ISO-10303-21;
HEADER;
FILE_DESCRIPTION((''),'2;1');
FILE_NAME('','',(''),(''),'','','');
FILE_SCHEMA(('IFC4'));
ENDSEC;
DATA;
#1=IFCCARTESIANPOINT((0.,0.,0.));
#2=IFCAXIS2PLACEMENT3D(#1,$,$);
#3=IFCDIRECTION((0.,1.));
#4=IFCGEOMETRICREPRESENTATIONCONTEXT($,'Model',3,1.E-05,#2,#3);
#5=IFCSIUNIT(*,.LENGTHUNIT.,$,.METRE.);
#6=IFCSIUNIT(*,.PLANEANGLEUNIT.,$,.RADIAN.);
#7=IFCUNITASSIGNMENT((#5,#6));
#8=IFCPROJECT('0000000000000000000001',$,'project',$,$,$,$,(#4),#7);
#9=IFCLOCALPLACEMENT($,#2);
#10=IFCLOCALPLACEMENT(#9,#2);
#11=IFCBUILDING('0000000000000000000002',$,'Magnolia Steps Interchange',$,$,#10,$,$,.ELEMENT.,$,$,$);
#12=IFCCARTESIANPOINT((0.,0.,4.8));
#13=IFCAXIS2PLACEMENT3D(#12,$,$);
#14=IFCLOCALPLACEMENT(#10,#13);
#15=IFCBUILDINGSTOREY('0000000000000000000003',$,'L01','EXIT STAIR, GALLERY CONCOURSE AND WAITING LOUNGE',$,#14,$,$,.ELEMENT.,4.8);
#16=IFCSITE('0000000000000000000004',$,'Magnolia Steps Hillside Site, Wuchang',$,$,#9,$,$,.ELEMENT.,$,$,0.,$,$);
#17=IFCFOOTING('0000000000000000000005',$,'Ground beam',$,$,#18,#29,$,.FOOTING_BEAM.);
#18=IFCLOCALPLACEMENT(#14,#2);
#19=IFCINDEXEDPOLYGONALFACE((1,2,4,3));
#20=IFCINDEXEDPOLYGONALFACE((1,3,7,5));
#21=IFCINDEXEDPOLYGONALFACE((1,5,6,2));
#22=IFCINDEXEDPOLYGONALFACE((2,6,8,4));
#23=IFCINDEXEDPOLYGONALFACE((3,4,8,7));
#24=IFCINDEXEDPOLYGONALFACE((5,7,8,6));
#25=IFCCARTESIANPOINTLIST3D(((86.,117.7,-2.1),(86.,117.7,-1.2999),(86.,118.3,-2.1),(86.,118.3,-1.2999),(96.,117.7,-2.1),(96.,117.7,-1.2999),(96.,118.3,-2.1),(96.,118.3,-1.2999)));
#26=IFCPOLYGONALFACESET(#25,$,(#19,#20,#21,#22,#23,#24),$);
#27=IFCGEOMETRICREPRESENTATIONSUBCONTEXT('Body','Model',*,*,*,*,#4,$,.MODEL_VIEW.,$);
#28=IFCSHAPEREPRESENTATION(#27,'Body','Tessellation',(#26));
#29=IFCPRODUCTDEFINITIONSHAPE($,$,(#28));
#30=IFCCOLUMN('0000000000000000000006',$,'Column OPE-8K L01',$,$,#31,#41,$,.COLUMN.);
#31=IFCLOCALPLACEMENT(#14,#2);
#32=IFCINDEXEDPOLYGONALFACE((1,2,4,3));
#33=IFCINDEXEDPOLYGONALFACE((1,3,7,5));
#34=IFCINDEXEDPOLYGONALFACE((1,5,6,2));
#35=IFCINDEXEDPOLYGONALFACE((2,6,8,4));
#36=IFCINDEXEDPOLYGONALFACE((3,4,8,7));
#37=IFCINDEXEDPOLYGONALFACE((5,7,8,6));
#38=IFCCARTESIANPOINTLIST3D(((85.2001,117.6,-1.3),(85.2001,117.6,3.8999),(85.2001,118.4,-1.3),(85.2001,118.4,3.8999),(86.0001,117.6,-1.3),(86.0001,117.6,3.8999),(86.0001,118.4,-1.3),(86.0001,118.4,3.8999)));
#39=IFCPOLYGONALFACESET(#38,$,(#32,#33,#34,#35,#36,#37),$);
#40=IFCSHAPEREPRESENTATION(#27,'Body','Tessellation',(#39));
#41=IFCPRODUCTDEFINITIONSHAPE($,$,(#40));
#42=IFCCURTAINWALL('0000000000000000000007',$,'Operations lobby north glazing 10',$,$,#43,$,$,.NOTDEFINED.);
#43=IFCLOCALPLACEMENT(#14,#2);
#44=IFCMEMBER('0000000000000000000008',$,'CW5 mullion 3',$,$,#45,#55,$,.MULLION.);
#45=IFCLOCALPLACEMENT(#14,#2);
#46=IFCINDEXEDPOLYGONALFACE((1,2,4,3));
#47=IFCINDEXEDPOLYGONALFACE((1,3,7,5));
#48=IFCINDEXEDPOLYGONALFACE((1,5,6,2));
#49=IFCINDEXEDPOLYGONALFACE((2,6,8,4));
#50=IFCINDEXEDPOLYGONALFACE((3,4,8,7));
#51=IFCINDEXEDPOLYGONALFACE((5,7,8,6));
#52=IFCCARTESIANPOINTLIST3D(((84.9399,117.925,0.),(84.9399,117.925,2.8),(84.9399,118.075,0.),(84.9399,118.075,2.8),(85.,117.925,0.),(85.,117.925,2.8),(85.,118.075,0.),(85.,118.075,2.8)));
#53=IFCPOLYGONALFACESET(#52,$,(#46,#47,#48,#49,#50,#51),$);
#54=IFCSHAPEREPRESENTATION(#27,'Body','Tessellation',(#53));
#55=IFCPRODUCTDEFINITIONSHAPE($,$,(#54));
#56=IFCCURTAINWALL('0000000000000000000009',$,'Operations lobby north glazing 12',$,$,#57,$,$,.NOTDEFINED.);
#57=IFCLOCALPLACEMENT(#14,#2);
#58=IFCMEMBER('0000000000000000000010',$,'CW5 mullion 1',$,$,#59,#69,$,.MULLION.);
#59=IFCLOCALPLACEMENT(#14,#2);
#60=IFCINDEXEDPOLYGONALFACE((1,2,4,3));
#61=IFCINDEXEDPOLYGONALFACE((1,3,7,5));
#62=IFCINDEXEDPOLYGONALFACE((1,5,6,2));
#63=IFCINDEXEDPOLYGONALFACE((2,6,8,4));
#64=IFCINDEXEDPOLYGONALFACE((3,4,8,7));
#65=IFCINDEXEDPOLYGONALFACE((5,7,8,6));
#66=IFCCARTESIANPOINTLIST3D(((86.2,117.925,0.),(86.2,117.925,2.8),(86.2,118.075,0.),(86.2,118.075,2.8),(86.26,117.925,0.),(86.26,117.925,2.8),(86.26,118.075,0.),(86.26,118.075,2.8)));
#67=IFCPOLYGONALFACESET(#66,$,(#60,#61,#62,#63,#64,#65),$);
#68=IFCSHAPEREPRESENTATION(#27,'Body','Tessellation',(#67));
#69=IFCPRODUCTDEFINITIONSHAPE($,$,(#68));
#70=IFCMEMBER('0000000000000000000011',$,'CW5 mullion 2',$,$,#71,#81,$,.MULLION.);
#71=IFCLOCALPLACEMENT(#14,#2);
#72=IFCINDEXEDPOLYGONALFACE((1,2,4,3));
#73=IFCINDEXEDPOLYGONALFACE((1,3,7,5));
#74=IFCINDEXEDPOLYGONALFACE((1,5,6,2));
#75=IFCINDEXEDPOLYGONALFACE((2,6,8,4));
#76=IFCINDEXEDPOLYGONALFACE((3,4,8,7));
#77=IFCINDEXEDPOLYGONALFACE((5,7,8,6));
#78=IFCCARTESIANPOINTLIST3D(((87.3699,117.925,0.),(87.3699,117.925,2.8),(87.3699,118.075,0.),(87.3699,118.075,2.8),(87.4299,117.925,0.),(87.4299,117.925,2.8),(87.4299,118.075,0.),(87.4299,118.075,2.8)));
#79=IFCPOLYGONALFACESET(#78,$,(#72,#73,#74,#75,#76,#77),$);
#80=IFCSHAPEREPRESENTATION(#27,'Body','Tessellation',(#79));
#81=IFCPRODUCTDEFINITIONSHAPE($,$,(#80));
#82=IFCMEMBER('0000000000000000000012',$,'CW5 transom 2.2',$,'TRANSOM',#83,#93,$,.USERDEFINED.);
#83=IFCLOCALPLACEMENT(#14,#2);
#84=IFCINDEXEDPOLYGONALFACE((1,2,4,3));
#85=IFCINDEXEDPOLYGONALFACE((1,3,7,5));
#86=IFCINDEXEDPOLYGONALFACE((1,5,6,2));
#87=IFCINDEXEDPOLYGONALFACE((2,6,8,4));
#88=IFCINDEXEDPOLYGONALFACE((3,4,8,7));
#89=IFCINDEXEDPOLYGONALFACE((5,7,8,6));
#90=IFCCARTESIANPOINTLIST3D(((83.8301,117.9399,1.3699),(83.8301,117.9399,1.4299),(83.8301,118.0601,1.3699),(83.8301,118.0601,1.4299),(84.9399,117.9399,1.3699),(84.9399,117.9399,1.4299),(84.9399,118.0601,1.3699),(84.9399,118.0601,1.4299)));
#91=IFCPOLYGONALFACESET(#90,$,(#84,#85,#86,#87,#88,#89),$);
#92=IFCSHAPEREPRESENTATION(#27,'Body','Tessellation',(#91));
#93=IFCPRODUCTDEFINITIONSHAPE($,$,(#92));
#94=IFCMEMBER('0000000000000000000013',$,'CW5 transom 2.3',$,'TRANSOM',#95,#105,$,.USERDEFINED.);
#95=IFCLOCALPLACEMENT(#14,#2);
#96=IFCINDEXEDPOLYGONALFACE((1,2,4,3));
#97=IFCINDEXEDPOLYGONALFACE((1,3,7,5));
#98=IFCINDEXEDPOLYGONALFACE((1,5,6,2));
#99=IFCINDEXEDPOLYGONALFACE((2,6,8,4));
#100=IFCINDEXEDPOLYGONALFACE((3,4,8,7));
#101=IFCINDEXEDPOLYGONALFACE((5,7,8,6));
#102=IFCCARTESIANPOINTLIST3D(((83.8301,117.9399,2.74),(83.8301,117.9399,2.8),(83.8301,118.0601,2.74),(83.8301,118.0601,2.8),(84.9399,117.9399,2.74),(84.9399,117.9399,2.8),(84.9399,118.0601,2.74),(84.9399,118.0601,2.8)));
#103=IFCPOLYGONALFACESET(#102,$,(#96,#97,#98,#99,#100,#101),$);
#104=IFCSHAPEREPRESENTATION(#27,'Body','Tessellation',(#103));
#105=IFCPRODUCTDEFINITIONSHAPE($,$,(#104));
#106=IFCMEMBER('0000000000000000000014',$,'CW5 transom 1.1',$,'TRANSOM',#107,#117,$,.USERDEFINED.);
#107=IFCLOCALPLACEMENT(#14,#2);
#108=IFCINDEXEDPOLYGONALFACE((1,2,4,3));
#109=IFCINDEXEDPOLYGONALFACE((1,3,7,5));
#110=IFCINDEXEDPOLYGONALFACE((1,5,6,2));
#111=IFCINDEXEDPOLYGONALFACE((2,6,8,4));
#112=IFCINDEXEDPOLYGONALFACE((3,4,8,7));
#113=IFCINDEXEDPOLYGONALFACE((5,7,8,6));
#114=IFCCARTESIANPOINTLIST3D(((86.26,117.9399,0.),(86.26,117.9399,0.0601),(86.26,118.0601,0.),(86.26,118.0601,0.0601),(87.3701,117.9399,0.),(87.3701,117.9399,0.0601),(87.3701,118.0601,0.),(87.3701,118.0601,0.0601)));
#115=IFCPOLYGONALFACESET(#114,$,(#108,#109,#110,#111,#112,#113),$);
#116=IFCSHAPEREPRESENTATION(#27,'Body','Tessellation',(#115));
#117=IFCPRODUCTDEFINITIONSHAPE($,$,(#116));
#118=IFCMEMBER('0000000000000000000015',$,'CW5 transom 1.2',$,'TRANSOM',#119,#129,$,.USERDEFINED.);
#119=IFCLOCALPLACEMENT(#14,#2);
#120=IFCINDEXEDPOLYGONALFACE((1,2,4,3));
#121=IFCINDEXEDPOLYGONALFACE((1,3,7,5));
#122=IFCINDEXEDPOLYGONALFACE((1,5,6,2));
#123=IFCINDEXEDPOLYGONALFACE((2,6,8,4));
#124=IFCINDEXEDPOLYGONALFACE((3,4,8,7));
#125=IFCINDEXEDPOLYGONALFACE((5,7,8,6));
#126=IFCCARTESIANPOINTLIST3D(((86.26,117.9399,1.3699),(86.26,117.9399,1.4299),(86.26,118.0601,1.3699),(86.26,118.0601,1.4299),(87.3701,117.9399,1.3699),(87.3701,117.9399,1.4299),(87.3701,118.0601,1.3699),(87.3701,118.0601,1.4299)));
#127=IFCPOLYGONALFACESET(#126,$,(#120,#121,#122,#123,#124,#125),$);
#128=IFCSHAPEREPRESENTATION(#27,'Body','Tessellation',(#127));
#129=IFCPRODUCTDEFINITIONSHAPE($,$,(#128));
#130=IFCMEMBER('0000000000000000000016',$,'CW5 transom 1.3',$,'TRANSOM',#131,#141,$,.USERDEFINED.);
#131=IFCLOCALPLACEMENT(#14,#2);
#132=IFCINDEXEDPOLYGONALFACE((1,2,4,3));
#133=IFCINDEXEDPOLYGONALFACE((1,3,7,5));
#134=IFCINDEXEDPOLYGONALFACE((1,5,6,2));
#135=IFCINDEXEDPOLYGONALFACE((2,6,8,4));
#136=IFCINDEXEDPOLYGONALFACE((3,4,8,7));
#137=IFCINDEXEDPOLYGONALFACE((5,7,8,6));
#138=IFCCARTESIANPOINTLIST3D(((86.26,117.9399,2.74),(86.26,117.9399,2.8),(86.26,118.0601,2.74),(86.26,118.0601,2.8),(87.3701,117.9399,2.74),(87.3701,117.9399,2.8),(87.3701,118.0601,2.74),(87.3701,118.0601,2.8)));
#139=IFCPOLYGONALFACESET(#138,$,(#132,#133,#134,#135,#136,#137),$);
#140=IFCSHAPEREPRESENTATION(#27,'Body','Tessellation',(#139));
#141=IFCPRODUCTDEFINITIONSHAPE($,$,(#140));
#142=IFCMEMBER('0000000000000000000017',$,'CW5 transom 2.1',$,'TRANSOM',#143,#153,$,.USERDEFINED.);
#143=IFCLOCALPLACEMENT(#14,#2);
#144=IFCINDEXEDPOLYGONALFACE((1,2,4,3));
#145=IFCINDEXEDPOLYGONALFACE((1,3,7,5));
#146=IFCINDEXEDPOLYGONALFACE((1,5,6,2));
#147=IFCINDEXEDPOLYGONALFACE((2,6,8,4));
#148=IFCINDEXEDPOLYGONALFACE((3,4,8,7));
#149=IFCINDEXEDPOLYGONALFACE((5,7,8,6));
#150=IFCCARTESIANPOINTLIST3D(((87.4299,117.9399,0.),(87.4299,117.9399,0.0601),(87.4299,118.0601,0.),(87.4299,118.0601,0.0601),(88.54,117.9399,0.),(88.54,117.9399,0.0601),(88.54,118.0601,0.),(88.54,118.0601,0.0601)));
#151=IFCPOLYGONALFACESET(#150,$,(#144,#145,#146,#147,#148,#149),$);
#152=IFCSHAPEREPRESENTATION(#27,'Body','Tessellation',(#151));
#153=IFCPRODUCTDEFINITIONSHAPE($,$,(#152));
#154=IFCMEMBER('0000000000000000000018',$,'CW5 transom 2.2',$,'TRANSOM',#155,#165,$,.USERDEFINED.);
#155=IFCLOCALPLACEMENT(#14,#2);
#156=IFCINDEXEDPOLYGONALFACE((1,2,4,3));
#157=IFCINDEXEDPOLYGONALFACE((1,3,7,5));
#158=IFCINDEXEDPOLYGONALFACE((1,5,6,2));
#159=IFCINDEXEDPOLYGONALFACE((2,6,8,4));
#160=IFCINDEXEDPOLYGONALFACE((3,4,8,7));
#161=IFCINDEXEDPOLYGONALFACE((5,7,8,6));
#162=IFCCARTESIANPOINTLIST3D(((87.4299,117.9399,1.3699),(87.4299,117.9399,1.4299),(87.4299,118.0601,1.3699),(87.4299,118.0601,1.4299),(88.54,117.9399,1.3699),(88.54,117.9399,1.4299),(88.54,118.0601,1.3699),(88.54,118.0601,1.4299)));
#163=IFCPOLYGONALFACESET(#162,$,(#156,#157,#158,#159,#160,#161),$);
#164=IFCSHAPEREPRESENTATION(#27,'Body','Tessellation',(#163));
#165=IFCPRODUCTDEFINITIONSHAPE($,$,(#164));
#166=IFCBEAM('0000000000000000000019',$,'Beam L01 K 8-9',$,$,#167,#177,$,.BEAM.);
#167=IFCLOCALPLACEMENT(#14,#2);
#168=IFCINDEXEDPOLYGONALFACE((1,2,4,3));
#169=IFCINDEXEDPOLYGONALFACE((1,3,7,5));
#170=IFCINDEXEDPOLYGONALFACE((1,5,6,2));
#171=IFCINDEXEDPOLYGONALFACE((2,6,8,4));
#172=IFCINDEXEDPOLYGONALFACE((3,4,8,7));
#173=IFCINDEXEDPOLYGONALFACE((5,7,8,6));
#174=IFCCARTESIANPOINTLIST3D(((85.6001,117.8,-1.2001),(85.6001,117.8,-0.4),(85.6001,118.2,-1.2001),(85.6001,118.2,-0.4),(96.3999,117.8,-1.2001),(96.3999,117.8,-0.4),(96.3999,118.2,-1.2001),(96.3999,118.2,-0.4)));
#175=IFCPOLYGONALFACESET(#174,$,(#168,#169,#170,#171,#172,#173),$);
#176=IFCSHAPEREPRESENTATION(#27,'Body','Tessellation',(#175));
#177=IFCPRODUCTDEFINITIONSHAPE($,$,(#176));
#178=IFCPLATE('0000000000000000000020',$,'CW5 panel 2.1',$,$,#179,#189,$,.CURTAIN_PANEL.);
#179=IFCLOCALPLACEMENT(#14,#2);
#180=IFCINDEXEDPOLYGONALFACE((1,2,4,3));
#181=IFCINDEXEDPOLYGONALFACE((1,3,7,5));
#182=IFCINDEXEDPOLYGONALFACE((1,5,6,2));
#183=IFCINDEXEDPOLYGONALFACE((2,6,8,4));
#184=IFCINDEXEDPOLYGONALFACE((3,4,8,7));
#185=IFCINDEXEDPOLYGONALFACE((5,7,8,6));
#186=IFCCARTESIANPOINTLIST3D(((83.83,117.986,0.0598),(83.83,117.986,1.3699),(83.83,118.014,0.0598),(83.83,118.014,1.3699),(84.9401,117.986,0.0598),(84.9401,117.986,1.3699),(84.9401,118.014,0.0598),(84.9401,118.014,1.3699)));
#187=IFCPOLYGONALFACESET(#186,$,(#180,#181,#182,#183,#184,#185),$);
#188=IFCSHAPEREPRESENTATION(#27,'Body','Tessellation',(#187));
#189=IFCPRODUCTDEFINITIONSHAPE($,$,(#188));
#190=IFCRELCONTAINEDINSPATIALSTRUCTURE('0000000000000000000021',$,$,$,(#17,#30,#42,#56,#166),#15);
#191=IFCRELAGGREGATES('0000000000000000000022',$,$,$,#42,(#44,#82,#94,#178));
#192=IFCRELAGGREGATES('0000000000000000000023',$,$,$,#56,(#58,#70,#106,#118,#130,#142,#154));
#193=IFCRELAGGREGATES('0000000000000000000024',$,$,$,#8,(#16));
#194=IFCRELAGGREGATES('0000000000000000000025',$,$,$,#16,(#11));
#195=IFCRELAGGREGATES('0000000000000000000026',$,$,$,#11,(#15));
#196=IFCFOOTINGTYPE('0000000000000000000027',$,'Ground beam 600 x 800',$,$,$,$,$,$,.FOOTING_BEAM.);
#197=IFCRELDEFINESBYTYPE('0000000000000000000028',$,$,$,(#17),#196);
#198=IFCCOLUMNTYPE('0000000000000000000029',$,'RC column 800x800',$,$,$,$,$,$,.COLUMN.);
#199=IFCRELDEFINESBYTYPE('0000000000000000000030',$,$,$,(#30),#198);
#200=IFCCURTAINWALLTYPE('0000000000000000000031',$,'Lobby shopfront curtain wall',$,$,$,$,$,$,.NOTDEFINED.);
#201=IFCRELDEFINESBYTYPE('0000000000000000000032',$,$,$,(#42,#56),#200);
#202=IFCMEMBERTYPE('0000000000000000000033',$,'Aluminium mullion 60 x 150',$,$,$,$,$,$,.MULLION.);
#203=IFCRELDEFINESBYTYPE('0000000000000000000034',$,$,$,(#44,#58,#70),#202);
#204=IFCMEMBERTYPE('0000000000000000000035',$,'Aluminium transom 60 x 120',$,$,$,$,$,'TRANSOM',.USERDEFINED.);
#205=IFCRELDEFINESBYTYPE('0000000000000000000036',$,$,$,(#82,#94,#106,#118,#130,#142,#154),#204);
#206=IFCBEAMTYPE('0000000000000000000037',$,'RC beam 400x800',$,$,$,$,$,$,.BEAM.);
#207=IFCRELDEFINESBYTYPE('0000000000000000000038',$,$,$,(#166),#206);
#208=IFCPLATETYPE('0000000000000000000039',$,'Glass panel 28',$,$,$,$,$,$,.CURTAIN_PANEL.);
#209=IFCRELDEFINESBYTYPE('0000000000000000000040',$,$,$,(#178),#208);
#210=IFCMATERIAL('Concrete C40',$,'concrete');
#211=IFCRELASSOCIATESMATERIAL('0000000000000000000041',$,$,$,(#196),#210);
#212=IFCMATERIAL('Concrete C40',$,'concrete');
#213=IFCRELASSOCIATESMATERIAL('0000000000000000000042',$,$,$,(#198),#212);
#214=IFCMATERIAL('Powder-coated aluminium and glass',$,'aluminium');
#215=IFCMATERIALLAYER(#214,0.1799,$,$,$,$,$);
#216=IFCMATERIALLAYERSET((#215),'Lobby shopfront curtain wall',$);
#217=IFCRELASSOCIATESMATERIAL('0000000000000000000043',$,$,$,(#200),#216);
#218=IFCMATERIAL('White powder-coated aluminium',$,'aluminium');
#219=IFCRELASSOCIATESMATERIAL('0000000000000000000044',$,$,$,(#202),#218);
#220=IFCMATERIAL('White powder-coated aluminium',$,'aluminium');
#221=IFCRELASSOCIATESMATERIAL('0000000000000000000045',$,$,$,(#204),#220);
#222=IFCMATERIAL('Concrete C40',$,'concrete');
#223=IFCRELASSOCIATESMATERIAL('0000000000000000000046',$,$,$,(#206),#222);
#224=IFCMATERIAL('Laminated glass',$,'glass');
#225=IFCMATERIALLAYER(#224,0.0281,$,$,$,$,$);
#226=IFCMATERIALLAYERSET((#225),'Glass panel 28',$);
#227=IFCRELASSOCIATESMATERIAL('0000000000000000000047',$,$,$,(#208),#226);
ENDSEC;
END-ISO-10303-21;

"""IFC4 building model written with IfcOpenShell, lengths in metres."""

from ifc_helpers import new_model, si_unit, direction, frame, origin, origin_2d, place, context, subcontext, project, spatial, rectangle, extrude, material, layer, layer_set, material_profile, profile_set, type_object, element, aggregate, save


model = new_model("IFC4")

# Units and contexts
model_context = context("Model", 3, precision=1e-05, world=origin(), true_north=direction((0.0, 1.0)))
body_context = subcontext(model_context, "Body", "Model", "MODEL_VIEW")
ifc_project = project(units=[si_unit("LENGTHUNIT", "METRE"), si_unit("PLANEANGLEUNIT", "RADIAN")], contexts=[model_context])

# Site, building, storey
site_placement = place(None, origin())
site = spatial("IfcSite", under=ifc_project, at=site_placement, Name="Magnolia Steps Hillside Site, Wuchang", CompositionType="ELEMENT", RefElevation=0.0)
building_placement = place(site_placement, origin())
building = spatial("IfcBuilding", under=site, at=building_placement, Name="Magnolia Steps Interchange", CompositionType="ELEMENT")
storey_placement = place(building_placement, frame((0.0, 0.0, 4.8)))
storey = spatial("IfcBuildingStorey", under=building, at=storey_placement, Name="L01", Description="EXIT STAIR, GALLERY CONCOURSE AND WAITING LOUNGE", CompositionType="ELEMENT", Elevation=4.8)

# Footing
ifc_material_1 = material(Name="Concrete C40", Category="concrete")
ifc_material_profile_1 = material_profile(ifc_material_1, rectangle(XDim=0.6001, YDim=0.8, at=origin_2d()), Name="RC600x800")
ifc_profile_set_1 = profile_set([ifc_material_profile_1], Name="Concrete C40")
footing_type = type_object("IfcFootingType", Name="Ground beam 600 x 800", PredefinedType="FOOTING_BEAM", material=ifc_profile_set_1)
footing_placement = place(storey_placement, frame((86.0, 118.0, -1.7), z_axis=(1.0, 0.0, 0.0), x_axis=(0.0, 1.0, 0.0)))
element("IfcFooting", 1, at=footing_placement, inside=storey, type_object=footing_type, Name="Ground beam", PredefinedType="FOOTING_BEAM", context=body_context, shape_type="SweptSolid", body=[
    extrude(rectangle(XDim=0.6001, YDim=0.8, at=origin_2d()), origin(), (0.0, 0.0, 1.0), 10.0),
])

# Column
ifc_material_2 = material(Name="Concrete C40", Category="concrete")
ifc_material_profile_2 = material_profile(ifc_material_2, rectangle(XDim=0.8, YDim=0.8, at=origin_2d()), Name="RC800x800")
ifc_profile_set_2 = profile_set([ifc_material_profile_2], Name="Concrete C40")
column_type = type_object("IfcColumnType", Name="RC column 800x800", PredefinedType="COLUMN", material=ifc_profile_set_2)
column_placement = place(storey_placement, frame((85.6001, 118.0, -1.3), z_axis=(0.0, 0.0, 1.0), x_axis=(1.0, 0.0, 0.0)))
element("IfcColumn", 2, at=column_placement, inside=storey, type_object=column_type, Name="Column OPE-8K L01", PredefinedType="COLUMN", context=body_context, shape_type="SweptSolid", body=[
    extrude(rectangle(XDim=0.8, YDim=0.8, at=origin_2d()), origin(), (0.0, 0.0, 1.0), 5.2),
])

# Curtain wall, member
ifc_material_3 = material(Name="Powder-coated aluminium and glass", Category="aluminium")
ifc_layer_1 = layer(ifc_material_3, 0.1799)
ifc_layer_set_1 = layer_set([ifc_layer_1], Name="Lobby shopfront curtain wall")
curtain_wall_type = type_object("IfcCurtainWallType", Name="Lobby shopfront curtain wall", PredefinedType="NOTDEFINED", material=ifc_layer_set_1)
curtain_wall_1_placement = place(storey_placement, origin())
curtain_wall_1 = element("IfcCurtainWall", 3, at=curtain_wall_1_placement, inside=storey, type_object=curtain_wall_type, Name="Operations lobby north glazing 10", PredefinedType="NOTDEFINED")
ifc_material_4 = material(Name="White powder-coated aluminium", Category="aluminium")
ifc_material_profile_3 = material_profile(ifc_material_4, rectangle(XDim=0.0601, YDim=0.1499, at=origin_2d()), Name="Aluminium mullion 60 x 150")
ifc_profile_set_3 = profile_set([ifc_material_profile_3], Name="White powder-coated aluminium")
member_type_1 = type_object("IfcMemberType", Name="Aluminium mullion 60 x 150", PredefinedType="MULLION", material=ifc_profile_set_3)
member_1_placement = place(storey_placement, frame((84.97, 118.0, 0.0), z_axis=(0.0, 0.0, 1.0), x_axis=(1.0, 0.0, 0.0)))
member_1 = element("IfcMember", 4, at=member_1_placement, type_object=member_type_1, Name="CW5 mullion 3", PredefinedType="MULLION", context=body_context, shape_type="SweptSolid", body=[
    extrude(rectangle(XDim=0.0601, YDim=0.1499, at=origin_2d()), origin(), (0.0, 0.0, 1.0), 2.8),
])

# Curtain wall, members
curtain_wall_2_placement = place(storey_placement, origin())
curtain_wall_2 = element("IfcCurtainWall", 5, at=curtain_wall_2_placement, inside=storey, type_object=curtain_wall_type, Name="Operations lobby north glazing 12", PredefinedType="NOTDEFINED")
member_2_placement = place(storey_placement, frame((86.23, 118.0, 0.0), z_axis=(0.0, 0.0, 1.0), x_axis=(1.0, 0.0, 0.0)))
member_2 = element("IfcMember", 6, at=member_2_placement, type_object=member_type_1, Name="CW5 mullion 1", PredefinedType="MULLION", context=body_context, shape_type="SweptSolid", body=[
    extrude(rectangle(XDim=0.0601, YDim=0.1499, at=origin_2d()), origin(), (0.0, 0.0, 1.0), 2.8),
])
member_3_placement = place(storey_placement, frame((87.3999, 118.0, 0.0), z_axis=(0.0, 0.0, 1.0), x_axis=(1.0, 0.0, 0.0)))
member_3 = element("IfcMember", 7, at=member_3_placement, type_object=member_type_1, Name="CW5 mullion 2", PredefinedType="MULLION", context=body_context, shape_type="SweptSolid", body=[
    extrude(rectangle(XDim=0.0601, YDim=0.1499, at=origin_2d()), origin(), (0.0, 0.0, 1.0), 2.8),
])

# Members
ifc_material_5 = material(Name="White powder-coated aluminium", Category="aluminium")
ifc_material_profile_4 = material_profile(ifc_material_5, rectangle(XDim=0.0601, YDim=0.1201, at=origin_2d()), Name="Aluminium transom 60 x 120")
ifc_profile_set_4 = profile_set([ifc_material_profile_4], Name="White powder-coated aluminium")
member_type_2 = type_object("IfcMemberType", Name="Aluminium transom 60 x 120", ElementType="TRANSOM", PredefinedType="USERDEFINED", material=ifc_profile_set_4)
member_4_placement = place(storey_placement, frame((83.8301, 118.0, 1.3999), z_axis=(1.0, 0.0, 0.0), x_axis=(0.0, 0.0, 1.0)))
member_4 = element("IfcMember", 8, at=member_4_placement, type_object=member_type_2, Name="CW5 transom 2.2", ObjectType="TRANSOM", PredefinedType="USERDEFINED", context=body_context, shape_type="SweptSolid", body=[
    extrude(rectangle(XDim=0.0601, YDim=0.1201, at=origin_2d()), origin(), (0.0, 0.0, 1.0), 1.1099),
])
member_5_placement = place(storey_placement, frame((83.8301, 118.0, 2.77), z_axis=(1.0, 0.0, 0.0), x_axis=(0.0, 0.0, 1.0)))
member_5 = element("IfcMember", 9, at=member_5_placement, type_object=member_type_2, Name="CW5 transom 2.3", ObjectType="TRANSOM", PredefinedType="USERDEFINED", context=body_context, shape_type="SweptSolid", body=[
    extrude(rectangle(XDim=0.0601, YDim=0.1201, at=origin_2d()), origin(), (0.0, 0.0, 1.0), 1.1099),
])
member_6_placement = place(storey_placement, frame((86.26, 118.0, 0.03), z_axis=(1.0, 0.0, 0.0), x_axis=(0.0, 0.0, 1.0)))
member_6 = element("IfcMember", 10, at=member_6_placement, type_object=member_type_2, Name="CW5 transom 1.1", ObjectType="TRANSOM", PredefinedType="USERDEFINED", context=body_context, shape_type="SweptSolid", body=[
    extrude(rectangle(XDim=0.0601, YDim=0.1201, at=origin_2d()), origin(), (0.0, 0.0, 1.0), 1.1101),
])
member_7_placement = place(storey_placement, frame((86.26, 118.0, 1.3999), z_axis=(1.0, 0.0, 0.0), x_axis=(0.0, 0.0, 1.0)))
member_7 = element("IfcMember", 11, at=member_7_placement, type_object=member_type_2, Name="CW5 transom 1.2", ObjectType="TRANSOM", PredefinedType="USERDEFINED", context=body_context, shape_type="SweptSolid", body=[
    extrude(rectangle(XDim=0.0601, YDim=0.1201, at=origin_2d()), origin(), (0.0, 0.0, 1.0), 1.1101),
])
member_8_placement = place(storey_placement, frame((86.26, 118.0, 2.77), z_axis=(1.0, 0.0, 0.0), x_axis=(0.0, 0.0, 1.0)))
member_8 = element("IfcMember", 12, at=member_8_placement, type_object=member_type_2, Name="CW5 transom 1.3", ObjectType="TRANSOM", PredefinedType="USERDEFINED", context=body_context, shape_type="SweptSolid", body=[
    extrude(rectangle(XDim=0.0601, YDim=0.1201, at=origin_2d()), origin(), (0.0, 0.0, 1.0), 1.1101),
])
member_9_placement = place(storey_placement, frame((87.4299, 118.0, 0.03), z_axis=(1.0, 0.0, 0.0), x_axis=(0.0, 0.0, 1.0)))
member_9 = element("IfcMember", 13, at=member_9_placement, type_object=member_type_2, Name="CW5 transom 2.1", ObjectType="TRANSOM", PredefinedType="USERDEFINED", context=body_context, shape_type="SweptSolid", body=[
    extrude(rectangle(XDim=0.0601, YDim=0.1201, at=origin_2d()), origin(), (0.0, 0.0, 1.0), 1.1101),
])
member_10_placement = place(storey_placement, frame((87.4299, 118.0, 1.3999), z_axis=(1.0, 0.0, 0.0), x_axis=(0.0, 0.0, 1.0)))
member_10 = element("IfcMember", 14, at=member_10_placement, type_object=member_type_2, Name="CW5 transom 2.2", ObjectType="TRANSOM", PredefinedType="USERDEFINED", context=body_context, shape_type="SweptSolid", body=[
    extrude(rectangle(XDim=0.0601, YDim=0.1201, at=origin_2d()), origin(), (0.0, 0.0, 1.0), 1.1101),
])

# Beam
ifc_material_6 = material(Name="Concrete C40", Category="concrete")
ifc_material_profile_5 = material_profile(ifc_material_6, rectangle(XDim=0.3999, YDim=0.8, at=origin_2d()), Name="RC400x800")
ifc_profile_set_5 = profile_set([ifc_material_profile_5], Name="Concrete C40")
beam_type = type_object("IfcBeamType", Name="RC beam 400x800", PredefinedType="BEAM", material=ifc_profile_set_5)
beam_placement = place(storey_placement, frame((85.6001, 118.0, -0.8), z_axis=(1.0, 0.0, 0.0), x_axis=(0.0, 1.0, 0.0)))
element("IfcBeam", 15, at=beam_placement, inside=storey, type_object=beam_type, Name="Beam L01 K 8-9", PredefinedType="BEAM", context=body_context, shape_type="SweptSolid", body=[
    extrude(rectangle(XDim=0.3999, YDim=0.8, at=origin_2d()), origin(), (0.0, 0.0, 1.0), 10.7998),
])

# Plate
ifc_material_7 = material(Name="Laminated glass", Category="glass")
ifc_layer_2 = layer(ifc_material_7, 0.0281)
ifc_layer_set_2 = layer_set([ifc_layer_2], Name="Glass panel 28")
plate_type = type_object("IfcPlateType", Name="Glass panel 28", PredefinedType="CURTAIN_PANEL", material=ifc_layer_set_2)
plate_1_placement = place(storey_placement, frame((84.385, 118.0, 0.0598), z_axis=(0.0, 0.0, 1.0), x_axis=(1.0, 0.0, 0.0)))
plate_1 = element("IfcPlate", 16, at=plate_1_placement, type_object=plate_type, Name="CW5 panel 2.1", PredefinedType="CURTAIN_PANEL", context=body_context, shape_type="SweptSolid", body=[
    extrude(rectangle(XDim=1.1101, YDim=0.0281, at=origin_2d()), origin(), (0.0, 0.0, 1.0), 1.3101),
])
aggregate(curtain_wall_1, [member_1, member_4, member_5, plate_1])
aggregate(curtain_wall_2, [member_2, member_3, member_6, member_7, member_8, member_9, member_10])

save(model, "model.ifc")
